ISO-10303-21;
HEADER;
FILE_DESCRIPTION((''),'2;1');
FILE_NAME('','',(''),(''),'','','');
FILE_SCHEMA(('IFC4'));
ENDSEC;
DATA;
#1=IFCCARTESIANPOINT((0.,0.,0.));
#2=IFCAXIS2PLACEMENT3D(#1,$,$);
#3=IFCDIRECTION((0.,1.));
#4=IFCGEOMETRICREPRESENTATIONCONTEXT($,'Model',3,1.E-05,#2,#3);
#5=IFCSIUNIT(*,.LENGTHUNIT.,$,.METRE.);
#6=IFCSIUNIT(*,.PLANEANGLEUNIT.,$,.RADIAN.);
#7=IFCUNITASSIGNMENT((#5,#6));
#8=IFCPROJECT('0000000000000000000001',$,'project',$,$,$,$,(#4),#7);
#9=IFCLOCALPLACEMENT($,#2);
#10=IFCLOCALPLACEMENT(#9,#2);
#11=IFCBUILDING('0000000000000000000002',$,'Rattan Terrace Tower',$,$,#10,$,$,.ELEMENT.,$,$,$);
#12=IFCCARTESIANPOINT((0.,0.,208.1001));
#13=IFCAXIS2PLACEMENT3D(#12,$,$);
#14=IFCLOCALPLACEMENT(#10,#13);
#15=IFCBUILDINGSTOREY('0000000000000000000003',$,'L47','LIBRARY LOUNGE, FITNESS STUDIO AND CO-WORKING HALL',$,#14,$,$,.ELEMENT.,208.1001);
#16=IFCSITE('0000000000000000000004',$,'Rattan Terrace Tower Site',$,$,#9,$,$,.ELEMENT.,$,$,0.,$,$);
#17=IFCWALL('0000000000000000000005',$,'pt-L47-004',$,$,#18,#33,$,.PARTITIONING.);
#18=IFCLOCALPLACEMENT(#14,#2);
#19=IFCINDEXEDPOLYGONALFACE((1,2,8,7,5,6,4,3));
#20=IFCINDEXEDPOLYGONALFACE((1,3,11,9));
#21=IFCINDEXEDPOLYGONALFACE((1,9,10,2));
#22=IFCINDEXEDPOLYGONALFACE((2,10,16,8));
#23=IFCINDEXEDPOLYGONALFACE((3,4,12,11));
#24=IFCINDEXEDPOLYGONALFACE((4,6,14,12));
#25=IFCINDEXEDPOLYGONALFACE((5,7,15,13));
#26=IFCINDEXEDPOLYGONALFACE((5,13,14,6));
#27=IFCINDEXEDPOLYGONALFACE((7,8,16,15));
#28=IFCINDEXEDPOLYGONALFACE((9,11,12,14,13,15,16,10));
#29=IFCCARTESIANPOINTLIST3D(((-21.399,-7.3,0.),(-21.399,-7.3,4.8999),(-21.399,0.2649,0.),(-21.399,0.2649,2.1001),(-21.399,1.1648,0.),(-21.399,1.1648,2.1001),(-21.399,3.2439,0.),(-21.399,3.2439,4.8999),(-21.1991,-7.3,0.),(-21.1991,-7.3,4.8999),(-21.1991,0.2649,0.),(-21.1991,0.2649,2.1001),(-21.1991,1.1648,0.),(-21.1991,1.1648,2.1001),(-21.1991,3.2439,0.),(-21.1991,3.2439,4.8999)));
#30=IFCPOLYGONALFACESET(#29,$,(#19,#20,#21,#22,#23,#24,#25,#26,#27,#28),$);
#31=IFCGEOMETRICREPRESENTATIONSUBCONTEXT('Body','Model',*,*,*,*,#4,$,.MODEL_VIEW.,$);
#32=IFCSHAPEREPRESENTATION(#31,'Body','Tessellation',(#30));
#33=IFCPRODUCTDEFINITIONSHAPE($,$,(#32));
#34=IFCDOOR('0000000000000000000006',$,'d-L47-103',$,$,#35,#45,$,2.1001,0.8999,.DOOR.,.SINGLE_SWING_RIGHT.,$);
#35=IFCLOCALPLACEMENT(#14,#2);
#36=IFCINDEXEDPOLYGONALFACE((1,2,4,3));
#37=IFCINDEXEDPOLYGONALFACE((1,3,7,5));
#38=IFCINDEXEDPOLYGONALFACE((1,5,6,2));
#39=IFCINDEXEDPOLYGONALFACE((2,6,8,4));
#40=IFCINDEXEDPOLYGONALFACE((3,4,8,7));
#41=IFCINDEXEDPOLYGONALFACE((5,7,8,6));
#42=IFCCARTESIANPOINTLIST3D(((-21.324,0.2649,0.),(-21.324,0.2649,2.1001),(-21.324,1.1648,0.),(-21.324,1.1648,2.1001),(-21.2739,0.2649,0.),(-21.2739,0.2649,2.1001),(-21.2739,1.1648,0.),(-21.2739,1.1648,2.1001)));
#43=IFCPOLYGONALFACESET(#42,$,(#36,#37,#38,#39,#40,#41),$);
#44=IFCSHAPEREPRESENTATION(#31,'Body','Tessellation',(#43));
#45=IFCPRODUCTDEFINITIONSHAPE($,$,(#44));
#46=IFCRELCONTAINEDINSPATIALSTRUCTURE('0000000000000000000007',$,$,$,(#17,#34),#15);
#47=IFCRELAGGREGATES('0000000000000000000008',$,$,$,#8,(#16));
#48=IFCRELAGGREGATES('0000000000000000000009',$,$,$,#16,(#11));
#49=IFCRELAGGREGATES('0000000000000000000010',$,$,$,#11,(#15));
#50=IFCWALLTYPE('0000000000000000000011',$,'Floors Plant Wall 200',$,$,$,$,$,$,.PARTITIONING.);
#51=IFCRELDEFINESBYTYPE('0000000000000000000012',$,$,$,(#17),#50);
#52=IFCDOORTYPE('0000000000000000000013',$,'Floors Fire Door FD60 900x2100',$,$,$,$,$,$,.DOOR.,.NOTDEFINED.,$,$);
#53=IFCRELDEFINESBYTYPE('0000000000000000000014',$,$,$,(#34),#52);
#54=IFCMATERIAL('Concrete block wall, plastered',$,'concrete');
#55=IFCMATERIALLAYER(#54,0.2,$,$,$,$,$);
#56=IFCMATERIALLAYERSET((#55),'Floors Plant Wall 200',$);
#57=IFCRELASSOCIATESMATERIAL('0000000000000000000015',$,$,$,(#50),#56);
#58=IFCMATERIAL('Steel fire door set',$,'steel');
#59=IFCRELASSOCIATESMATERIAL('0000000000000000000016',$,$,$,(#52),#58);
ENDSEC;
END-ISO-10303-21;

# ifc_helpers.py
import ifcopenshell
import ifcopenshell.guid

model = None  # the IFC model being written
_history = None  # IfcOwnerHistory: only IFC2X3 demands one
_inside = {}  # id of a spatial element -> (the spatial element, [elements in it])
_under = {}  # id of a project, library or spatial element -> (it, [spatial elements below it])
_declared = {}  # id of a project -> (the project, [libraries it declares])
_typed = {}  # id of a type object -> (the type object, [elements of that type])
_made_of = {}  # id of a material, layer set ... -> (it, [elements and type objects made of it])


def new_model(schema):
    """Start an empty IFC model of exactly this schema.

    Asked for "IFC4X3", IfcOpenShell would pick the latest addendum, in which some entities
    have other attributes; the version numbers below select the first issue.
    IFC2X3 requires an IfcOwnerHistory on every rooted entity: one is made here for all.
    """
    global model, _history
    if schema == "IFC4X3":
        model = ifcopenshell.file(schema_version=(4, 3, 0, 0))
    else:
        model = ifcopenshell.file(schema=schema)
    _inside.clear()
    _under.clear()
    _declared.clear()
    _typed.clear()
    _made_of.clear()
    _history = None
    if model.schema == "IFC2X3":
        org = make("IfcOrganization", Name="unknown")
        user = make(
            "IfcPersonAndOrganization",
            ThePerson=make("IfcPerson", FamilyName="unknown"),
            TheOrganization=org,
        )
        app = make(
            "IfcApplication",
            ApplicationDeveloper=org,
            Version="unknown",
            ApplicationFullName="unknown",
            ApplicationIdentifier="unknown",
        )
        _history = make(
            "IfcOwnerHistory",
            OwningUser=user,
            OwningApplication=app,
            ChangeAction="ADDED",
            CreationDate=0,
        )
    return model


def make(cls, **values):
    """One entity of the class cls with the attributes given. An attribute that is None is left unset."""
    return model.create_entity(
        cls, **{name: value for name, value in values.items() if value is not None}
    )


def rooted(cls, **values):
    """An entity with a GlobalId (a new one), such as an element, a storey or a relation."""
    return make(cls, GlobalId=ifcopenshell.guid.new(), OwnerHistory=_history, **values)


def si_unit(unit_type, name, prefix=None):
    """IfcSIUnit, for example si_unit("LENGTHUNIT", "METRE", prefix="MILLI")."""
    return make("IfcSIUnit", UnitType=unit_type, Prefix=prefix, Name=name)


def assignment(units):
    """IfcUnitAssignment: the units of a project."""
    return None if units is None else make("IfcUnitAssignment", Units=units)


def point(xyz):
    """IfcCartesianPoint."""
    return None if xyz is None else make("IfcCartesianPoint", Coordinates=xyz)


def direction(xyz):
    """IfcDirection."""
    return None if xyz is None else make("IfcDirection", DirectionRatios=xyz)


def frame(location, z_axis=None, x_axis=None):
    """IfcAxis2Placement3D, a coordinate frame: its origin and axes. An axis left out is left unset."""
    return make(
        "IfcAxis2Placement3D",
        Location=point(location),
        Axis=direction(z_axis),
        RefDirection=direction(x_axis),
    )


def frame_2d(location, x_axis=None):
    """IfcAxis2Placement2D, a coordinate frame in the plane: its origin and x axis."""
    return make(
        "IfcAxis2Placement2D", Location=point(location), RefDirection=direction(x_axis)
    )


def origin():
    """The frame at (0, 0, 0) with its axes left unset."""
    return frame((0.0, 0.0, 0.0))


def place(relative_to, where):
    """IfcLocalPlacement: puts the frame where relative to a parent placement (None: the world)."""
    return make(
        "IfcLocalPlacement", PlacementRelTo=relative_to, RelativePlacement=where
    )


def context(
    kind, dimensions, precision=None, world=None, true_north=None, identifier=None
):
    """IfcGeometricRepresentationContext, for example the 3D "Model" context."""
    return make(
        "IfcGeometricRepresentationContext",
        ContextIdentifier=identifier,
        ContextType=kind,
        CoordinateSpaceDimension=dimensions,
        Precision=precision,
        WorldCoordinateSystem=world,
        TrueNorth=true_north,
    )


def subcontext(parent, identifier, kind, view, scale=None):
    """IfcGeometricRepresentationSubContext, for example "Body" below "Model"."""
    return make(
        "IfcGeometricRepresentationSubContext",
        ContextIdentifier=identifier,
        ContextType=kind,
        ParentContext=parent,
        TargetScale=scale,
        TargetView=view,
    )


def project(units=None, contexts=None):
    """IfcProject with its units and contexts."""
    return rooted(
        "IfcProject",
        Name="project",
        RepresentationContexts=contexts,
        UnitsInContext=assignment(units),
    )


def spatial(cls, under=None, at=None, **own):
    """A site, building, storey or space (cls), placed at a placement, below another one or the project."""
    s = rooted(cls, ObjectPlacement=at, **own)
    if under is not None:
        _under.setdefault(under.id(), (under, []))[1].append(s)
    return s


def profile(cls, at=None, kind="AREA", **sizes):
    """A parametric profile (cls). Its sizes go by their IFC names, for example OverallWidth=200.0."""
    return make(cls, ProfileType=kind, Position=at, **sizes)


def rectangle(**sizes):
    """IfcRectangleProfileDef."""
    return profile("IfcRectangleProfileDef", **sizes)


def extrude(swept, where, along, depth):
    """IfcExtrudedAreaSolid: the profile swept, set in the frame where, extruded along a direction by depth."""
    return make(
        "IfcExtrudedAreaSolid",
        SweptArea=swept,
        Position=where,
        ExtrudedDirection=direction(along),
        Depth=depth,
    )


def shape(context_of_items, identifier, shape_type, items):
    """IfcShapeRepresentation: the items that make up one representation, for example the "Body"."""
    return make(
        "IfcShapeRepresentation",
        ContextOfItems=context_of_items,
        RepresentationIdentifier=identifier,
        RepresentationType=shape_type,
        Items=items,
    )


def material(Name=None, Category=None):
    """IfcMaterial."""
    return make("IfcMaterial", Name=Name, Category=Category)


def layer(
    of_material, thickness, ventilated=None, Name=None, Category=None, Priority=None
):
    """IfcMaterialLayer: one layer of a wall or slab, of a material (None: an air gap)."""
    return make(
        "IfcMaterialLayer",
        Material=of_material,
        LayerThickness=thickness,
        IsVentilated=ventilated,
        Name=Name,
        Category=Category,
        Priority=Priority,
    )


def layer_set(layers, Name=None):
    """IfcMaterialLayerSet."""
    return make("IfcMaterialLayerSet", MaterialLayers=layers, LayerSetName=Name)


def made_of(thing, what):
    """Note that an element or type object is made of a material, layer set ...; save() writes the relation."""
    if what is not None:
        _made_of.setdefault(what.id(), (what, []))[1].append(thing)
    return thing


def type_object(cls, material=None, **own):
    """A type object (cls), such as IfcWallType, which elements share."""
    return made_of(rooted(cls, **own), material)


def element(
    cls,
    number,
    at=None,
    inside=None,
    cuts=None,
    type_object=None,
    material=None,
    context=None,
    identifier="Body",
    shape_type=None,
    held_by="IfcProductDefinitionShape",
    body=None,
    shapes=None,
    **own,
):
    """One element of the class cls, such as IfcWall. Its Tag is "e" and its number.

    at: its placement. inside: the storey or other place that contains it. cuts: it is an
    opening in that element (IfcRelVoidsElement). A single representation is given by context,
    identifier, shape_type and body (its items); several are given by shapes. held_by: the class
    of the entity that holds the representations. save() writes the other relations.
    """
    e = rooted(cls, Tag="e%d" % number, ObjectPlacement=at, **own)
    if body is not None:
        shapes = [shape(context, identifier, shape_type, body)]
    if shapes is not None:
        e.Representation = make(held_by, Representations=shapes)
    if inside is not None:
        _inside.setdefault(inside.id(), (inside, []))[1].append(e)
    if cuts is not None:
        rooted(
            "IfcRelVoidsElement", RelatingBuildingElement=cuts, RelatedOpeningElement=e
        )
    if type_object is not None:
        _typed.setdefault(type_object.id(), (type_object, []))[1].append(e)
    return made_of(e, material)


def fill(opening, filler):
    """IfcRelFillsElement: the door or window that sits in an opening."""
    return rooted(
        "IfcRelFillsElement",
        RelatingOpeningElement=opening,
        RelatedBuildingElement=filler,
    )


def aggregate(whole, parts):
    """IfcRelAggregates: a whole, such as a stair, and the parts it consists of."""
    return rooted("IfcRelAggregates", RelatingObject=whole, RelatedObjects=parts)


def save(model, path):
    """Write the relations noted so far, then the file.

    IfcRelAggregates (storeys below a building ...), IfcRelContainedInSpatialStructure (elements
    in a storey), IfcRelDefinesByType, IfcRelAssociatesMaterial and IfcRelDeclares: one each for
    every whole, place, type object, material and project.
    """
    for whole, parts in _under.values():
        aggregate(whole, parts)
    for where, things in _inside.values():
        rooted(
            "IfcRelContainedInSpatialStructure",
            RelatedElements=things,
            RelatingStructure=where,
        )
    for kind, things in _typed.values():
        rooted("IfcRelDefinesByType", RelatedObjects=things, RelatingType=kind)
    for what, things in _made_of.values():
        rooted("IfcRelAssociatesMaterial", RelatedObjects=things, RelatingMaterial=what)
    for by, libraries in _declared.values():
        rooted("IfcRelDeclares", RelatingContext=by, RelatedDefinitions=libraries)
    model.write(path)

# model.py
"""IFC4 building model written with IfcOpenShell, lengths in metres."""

from ifc_helpers import new_model, si_unit, direction, frame, frame_2d, origin, place, context, subcontext, project, spatial, rectangle, extrude, material, layer, layer_set, type_object, element, fill, save


model = new_model("IFC4")

# Units and contexts
model_context = context("Model", 3, precision=1e-05, world=origin(), true_north=direction((0.0, 1.0)))
body_context = subcontext(model_context, "Body", "Model", "MODEL_VIEW")
ifc_project = project(units=[si_unit("LENGTHUNIT", "METRE"), si_unit("PLANEANGLEUNIT", "RADIAN")], contexts=[model_context])

# Site, building, storey
site_placement = place(None, origin())
site = spatial("IfcSite", under=ifc_project, at=site_placement, Name="Rattan Terrace Tower Site", CompositionType="ELEMENT", RefElevation=0.0)
building_placement = place(site_placement, origin())
building = spatial("IfcBuilding", under=site, at=building_placement, Name="Rattan Terrace Tower", CompositionType="ELEMENT")
storey_placement = place(building_placement, frame((0.0, 0.0, 208.1001)))
storey = spatial("IfcBuildingStorey", under=building, at=storey_placement, Name="L47", Description="LIBRARY LOUNGE, FITNESS STUDIO AND CO-WORKING HALL", CompositionType="ELEMENT", Elevation=208.1001)

# Wall, opening, door
ifc_material_1 = material(Name="Concrete block wall, plastered", Category="concrete")
ifc_layer_1 = layer(ifc_material_1, 0.2)
ifc_layer_set_1 = layer_set([ifc_layer_1], Name="Floors Plant Wall 200")
wall_type_1 = type_object("IfcWallType", Name="Floors Plant Wall 200", PredefinedType="PARTITIONING", material=ifc_layer_set_1)
wall_1_placement = place(storey_placement, frame((-21.2991, -7.3, 0.0), z_axis=(0.0, 0.0, 1.0), x_axis=(0.0, 1.0, 0.0)))
wall_1 = element("IfcWall", 1, at=wall_1_placement, inside=storey, type_object=wall_type_1, Name="pt-L47-004", PredefinedType="PARTITIONING", context=body_context, shape_type="SweptSolid", body=[
    extrude(rectangle(XDim=10.5439, YDim=0.2, at=frame_2d((5.272, 0.0))), origin(), (0.0, 0.0, 1.0), 4.8999),
])
opening_1_placement = place(wall_1_placement, frame((7.5649, 0.0, 0.0)))
opening_1 = element("IfcOpeningElement", 2, at=opening_1_placement, cuts=wall_1, PredefinedType="OPENING", context=body_context, shape_type="SweptSolid", body=[
    extrude(rectangle(XDim=0.8999, YDim=2.1001, at=frame_2d((0.45, 1.05))), frame((0.0, 0.1106, 0.0), z_axis=(0.0, -1.0, 0.0), x_axis=(1.0, 0.0, 0.0)), (0.0, 0.0, 1.0), 0.2209),
])
ifc_material_2 = material(Name="Steel fire door set", Category="steel")
door_type_1 = type_object("IfcDoorType", Name="Floors Fire Door FD60 900x2100", OperationType="NOTDEFINED", PredefinedType="DOOR", material=ifc_material_2)
door_1_placement = place(opening_1_placement, origin())
door_1 = element("IfcDoor", 3, at=door_1_placement, inside=storey, type_object=door_type_1, Name="d-L47-103", OperationType="SINGLE_SWING_RIGHT", OverallHeight=2.1001, OverallWidth=0.8999, PredefinedType="DOOR", context=body_context, shape_type="SweptSolid", body=[
    extrude(rectangle(XDim=0.8999, YDim=2.1001, at=frame_2d((0.45, 1.05))), frame((0.0, 0.0249, 0.0), z_axis=(0.0, -1.0, 0.0), x_axis=(1.0, 0.0, 0.0)), (0.0, 0.0, 1.0), 0.05),
])
fill(opening_1, door_1)

save(model, "model.ifc")
